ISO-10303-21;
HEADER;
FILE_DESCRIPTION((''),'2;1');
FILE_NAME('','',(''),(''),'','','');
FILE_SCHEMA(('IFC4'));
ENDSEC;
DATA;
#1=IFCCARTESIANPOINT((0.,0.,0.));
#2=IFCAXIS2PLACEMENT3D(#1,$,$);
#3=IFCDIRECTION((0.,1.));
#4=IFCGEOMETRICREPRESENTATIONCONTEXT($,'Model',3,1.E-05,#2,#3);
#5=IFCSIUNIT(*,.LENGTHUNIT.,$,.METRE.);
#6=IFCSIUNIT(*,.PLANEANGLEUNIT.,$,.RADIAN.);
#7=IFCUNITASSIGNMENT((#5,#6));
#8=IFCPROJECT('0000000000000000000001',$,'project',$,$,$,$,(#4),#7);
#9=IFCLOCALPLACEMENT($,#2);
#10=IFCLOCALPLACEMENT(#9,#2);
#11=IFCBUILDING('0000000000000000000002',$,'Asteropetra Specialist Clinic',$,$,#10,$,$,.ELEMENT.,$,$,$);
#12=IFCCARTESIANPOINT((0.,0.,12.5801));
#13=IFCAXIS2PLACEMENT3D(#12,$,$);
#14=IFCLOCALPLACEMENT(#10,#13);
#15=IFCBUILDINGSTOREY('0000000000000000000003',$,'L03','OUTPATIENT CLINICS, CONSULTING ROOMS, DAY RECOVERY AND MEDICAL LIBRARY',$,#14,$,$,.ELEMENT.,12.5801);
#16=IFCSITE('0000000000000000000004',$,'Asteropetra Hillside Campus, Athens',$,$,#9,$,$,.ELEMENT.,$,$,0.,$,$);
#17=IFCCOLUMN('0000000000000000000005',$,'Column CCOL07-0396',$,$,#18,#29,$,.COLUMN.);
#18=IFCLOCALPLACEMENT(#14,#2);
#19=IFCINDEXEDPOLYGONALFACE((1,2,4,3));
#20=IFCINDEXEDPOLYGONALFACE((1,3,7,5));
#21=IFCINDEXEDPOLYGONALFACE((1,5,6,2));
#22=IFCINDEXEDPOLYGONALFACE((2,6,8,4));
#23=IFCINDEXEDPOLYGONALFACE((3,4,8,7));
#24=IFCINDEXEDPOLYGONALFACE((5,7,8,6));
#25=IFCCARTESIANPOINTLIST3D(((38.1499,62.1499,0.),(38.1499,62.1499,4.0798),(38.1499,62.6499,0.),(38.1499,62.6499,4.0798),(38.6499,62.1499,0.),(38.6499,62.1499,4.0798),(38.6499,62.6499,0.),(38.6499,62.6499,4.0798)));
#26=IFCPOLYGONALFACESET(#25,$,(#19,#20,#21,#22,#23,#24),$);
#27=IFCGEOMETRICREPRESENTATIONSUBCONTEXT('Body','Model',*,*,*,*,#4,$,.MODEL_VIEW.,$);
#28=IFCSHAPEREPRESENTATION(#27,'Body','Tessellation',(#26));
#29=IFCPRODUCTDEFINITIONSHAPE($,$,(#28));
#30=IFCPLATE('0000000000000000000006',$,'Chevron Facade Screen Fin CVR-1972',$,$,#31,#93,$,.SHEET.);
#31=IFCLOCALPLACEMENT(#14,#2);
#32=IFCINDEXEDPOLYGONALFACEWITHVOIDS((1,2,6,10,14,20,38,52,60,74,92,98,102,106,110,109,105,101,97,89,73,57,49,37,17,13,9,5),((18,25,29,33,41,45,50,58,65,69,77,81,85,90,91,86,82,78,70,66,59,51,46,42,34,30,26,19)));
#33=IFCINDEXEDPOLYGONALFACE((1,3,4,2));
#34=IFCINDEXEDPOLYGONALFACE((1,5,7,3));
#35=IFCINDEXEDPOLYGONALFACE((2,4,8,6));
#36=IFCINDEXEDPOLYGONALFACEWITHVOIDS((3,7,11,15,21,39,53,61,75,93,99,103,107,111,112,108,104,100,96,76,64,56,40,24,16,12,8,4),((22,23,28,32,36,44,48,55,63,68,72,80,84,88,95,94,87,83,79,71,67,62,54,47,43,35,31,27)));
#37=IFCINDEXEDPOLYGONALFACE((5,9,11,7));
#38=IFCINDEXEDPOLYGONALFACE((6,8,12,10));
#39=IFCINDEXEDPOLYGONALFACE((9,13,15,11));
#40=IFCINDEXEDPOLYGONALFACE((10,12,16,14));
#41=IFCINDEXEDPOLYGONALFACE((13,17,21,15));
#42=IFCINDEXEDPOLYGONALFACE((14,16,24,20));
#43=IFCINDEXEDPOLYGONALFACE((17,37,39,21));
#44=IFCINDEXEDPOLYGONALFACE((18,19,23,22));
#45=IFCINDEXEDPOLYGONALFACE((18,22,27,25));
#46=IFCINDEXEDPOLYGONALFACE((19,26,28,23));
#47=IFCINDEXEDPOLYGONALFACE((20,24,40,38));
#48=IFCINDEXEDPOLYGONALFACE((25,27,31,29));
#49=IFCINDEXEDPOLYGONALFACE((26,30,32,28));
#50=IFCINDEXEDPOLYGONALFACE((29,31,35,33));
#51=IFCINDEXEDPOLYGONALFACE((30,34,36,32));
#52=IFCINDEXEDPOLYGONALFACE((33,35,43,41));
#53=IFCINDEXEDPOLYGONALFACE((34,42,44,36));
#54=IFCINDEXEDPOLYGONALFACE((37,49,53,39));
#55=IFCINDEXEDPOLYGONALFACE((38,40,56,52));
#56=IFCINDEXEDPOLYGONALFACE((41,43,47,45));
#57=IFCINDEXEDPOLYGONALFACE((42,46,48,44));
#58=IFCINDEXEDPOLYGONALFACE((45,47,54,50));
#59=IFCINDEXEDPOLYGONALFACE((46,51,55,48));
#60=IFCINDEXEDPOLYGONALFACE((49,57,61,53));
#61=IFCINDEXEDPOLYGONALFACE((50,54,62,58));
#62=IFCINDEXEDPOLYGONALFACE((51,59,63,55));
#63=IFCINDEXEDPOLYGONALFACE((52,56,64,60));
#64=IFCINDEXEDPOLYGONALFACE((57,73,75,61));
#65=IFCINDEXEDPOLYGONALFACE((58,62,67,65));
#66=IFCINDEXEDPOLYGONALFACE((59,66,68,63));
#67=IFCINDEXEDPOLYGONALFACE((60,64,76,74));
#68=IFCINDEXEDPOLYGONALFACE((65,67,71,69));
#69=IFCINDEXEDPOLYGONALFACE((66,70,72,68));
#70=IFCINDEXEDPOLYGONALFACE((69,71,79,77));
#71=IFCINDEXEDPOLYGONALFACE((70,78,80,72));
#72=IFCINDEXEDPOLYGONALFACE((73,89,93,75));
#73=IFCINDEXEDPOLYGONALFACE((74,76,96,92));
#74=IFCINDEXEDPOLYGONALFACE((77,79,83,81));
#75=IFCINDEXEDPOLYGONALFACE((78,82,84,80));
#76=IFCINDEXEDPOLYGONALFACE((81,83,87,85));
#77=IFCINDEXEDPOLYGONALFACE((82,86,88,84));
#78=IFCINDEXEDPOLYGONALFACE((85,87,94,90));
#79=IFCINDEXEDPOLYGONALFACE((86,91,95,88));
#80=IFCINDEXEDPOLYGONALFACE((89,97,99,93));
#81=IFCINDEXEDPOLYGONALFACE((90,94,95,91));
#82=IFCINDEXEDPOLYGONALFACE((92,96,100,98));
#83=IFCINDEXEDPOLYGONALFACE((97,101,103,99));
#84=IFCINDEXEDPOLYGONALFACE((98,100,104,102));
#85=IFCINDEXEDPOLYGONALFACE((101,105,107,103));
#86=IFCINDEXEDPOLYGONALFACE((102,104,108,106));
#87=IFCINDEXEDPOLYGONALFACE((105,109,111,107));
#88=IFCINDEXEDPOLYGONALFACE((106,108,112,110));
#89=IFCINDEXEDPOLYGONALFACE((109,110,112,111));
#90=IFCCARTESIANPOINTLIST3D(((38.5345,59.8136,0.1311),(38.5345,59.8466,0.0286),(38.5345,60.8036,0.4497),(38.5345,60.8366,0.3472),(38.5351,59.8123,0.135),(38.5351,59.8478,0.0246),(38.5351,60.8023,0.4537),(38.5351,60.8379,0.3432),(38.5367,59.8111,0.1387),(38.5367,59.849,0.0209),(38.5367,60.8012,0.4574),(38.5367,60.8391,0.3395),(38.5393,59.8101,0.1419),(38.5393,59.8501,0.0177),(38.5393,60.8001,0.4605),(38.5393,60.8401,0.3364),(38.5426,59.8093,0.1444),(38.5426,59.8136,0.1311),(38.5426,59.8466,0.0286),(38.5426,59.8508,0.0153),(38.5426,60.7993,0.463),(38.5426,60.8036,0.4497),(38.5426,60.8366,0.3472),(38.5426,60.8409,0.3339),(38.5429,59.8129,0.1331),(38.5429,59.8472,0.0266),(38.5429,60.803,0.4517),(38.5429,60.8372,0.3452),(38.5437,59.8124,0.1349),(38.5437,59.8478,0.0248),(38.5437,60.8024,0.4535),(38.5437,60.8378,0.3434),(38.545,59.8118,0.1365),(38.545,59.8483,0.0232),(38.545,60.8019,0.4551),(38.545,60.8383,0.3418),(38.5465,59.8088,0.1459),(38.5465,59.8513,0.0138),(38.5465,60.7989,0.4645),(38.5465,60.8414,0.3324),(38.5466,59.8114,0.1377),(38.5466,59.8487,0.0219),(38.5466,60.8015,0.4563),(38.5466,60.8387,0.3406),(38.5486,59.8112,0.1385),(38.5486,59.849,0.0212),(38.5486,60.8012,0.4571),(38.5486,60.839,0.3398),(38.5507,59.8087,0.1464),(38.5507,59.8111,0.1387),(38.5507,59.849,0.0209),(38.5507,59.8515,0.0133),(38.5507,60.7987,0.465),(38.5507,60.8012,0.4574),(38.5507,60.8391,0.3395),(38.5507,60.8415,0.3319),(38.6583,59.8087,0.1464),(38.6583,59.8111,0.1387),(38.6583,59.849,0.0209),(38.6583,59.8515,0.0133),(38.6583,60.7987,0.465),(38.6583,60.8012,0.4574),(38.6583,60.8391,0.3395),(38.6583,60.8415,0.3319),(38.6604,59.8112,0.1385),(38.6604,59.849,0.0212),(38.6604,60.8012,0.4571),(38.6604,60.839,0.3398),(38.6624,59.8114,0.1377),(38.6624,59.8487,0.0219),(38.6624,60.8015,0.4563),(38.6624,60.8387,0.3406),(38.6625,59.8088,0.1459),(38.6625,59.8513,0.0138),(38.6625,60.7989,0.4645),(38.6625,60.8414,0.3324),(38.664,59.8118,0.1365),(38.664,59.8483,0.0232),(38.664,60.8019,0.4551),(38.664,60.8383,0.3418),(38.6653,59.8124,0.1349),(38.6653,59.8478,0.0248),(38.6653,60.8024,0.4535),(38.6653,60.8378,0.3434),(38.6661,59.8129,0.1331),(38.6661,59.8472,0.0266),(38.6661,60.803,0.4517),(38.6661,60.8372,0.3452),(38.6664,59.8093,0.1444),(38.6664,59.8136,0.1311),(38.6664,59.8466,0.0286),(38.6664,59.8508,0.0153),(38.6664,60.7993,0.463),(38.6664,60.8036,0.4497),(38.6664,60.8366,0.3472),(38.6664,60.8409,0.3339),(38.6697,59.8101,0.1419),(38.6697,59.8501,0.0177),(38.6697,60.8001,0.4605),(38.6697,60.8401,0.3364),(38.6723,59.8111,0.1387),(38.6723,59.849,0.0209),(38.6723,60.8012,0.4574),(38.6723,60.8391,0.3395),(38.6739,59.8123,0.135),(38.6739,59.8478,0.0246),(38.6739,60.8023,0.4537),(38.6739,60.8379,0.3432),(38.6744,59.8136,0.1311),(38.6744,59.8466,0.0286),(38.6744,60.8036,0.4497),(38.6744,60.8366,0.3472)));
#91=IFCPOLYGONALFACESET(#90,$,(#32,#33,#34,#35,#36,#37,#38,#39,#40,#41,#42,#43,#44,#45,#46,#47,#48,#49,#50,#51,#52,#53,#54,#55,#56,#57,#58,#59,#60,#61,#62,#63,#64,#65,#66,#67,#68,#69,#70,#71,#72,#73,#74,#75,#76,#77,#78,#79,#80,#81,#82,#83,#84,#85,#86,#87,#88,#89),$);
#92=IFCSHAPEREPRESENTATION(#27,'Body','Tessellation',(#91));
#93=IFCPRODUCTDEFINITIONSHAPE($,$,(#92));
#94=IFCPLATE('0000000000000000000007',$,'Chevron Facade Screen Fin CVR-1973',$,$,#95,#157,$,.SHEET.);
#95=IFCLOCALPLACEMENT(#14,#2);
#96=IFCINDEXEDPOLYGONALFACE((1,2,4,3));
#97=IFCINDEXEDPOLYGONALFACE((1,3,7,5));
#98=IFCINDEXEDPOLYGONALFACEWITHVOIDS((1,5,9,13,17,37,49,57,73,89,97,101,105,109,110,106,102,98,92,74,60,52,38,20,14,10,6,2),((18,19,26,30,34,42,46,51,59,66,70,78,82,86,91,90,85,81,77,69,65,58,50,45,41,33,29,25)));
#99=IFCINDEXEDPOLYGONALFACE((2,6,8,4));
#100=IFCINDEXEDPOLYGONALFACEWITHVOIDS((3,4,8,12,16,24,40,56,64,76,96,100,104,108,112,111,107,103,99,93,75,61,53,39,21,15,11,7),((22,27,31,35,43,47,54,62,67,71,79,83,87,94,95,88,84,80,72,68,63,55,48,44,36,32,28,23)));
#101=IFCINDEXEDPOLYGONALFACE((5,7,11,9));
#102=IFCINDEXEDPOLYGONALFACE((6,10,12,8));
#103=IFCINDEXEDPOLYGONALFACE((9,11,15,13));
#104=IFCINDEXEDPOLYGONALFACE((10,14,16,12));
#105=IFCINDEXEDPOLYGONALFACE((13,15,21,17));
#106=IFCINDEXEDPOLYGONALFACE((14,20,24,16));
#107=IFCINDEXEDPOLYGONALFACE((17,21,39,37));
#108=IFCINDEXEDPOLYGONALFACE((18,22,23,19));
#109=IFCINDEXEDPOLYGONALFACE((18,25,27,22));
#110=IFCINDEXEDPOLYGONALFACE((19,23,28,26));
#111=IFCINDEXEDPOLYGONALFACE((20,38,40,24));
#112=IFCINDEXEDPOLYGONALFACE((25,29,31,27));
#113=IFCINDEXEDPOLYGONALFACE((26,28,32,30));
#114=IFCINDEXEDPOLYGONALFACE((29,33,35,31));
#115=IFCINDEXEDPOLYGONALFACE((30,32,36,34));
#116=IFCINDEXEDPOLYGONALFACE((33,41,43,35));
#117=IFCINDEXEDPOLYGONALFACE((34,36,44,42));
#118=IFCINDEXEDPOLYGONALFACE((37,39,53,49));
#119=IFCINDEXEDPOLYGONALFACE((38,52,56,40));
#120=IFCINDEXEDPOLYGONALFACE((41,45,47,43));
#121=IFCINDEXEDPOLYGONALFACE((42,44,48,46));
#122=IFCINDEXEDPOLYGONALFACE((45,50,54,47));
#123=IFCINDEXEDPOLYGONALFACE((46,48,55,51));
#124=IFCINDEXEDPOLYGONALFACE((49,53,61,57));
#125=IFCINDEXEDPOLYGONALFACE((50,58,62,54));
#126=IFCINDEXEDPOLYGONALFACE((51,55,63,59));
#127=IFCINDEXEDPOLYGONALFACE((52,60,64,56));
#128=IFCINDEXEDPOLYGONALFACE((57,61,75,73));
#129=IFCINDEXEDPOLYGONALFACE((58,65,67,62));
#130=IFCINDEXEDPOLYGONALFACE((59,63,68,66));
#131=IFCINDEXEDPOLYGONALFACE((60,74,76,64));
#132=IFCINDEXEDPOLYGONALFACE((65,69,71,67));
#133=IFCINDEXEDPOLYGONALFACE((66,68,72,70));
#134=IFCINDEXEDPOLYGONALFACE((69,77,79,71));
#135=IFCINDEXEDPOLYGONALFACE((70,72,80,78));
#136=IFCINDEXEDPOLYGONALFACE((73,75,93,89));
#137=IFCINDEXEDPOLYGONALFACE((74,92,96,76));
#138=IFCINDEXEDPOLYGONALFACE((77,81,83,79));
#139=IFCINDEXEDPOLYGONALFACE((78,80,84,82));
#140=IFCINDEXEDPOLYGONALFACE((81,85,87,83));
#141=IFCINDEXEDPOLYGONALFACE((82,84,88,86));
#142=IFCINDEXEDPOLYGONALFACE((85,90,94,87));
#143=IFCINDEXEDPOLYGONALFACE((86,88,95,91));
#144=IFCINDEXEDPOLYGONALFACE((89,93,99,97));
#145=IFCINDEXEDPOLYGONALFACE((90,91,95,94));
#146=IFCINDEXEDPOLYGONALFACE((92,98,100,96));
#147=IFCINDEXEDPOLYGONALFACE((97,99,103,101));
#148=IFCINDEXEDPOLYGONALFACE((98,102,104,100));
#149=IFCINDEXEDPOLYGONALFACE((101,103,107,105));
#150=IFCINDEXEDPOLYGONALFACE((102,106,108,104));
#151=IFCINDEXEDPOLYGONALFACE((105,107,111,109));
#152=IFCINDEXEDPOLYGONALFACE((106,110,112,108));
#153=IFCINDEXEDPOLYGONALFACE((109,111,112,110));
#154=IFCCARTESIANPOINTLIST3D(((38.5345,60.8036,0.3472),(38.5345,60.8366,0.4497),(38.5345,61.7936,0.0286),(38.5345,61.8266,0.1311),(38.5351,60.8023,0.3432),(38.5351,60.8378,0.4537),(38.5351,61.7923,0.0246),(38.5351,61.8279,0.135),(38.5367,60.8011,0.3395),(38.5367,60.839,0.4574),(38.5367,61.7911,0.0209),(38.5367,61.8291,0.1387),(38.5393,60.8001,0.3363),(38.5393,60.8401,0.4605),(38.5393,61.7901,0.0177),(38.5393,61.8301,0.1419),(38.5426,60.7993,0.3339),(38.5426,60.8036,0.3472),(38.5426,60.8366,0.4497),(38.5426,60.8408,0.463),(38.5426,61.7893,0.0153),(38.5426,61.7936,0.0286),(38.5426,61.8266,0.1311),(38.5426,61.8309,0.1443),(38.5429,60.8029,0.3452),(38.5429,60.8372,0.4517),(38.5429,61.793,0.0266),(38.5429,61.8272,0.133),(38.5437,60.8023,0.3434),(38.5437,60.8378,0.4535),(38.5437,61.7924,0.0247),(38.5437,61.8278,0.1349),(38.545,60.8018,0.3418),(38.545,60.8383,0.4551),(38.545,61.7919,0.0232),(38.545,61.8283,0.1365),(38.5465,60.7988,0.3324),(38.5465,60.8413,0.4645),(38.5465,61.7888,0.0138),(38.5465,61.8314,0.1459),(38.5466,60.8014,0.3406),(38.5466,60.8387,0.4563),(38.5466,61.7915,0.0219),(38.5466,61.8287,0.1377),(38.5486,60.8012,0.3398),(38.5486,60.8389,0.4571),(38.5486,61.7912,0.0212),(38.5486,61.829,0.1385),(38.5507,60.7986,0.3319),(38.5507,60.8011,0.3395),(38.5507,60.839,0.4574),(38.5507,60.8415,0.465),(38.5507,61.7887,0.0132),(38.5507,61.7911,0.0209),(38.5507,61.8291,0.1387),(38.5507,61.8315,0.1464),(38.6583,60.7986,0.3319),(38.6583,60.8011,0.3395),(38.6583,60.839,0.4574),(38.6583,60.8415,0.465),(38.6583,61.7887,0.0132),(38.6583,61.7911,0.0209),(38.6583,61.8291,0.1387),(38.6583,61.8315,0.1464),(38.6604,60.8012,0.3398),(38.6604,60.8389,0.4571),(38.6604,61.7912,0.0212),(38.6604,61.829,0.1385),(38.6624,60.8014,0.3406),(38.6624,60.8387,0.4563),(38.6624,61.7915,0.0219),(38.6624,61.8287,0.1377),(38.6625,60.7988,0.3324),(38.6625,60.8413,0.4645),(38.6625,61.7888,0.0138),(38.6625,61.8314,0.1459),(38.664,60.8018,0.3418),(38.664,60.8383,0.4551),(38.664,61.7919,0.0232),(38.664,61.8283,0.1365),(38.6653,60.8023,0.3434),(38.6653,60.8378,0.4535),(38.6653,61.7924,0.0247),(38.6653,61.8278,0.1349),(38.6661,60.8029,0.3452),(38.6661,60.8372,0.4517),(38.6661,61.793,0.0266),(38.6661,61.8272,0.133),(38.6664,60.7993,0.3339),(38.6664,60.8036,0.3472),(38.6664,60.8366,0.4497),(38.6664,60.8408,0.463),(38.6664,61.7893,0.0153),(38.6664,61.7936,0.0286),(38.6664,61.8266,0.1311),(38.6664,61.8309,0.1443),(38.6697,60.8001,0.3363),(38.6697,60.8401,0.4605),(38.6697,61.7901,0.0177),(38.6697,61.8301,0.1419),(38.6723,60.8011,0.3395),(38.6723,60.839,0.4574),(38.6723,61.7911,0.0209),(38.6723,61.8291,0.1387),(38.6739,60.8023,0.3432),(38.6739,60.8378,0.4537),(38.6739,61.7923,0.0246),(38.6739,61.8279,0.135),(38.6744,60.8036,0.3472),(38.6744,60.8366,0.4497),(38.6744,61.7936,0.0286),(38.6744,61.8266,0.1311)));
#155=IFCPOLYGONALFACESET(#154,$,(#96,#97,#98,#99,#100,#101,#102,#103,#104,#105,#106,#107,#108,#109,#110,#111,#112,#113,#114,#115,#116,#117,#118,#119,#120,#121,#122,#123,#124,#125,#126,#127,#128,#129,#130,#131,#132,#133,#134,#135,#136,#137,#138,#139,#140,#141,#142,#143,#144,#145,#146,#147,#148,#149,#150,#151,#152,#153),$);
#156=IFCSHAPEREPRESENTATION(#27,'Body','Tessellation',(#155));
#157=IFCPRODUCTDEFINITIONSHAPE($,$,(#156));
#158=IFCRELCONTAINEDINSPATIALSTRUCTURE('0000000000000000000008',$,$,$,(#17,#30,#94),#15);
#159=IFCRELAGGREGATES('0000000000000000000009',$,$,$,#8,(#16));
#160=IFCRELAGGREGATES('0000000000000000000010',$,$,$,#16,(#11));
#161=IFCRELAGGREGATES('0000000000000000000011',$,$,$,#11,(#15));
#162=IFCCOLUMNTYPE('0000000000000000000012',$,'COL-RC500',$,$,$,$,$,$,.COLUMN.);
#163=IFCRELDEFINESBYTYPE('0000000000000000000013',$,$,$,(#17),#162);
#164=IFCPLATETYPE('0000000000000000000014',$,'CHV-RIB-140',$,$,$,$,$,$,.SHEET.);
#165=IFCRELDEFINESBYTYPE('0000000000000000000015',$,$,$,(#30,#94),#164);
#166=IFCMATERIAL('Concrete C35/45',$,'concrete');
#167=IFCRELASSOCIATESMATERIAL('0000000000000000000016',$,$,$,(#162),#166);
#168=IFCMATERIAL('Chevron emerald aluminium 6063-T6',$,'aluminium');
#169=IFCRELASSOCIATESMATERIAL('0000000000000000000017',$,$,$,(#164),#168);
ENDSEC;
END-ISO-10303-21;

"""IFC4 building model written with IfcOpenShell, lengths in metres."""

from ifc_helpers import new_model, si_unit, direction, frame, origin, origin_2d, place, context, subcontext, project, spatial, rectangle, hollow_rectangle, extrude, material, material_profile, profile_set, type_object, element, save


model = new_model("IFC4")

# Units and contexts
model_context = context("Model", 3, precision=1e-05, world=origin(), true_north=direction((0.0, 1.0)))
body_context = subcontext(model_context, "Body", "Model", "MODEL_VIEW")
ifc_project = project(units=[si_unit("LENGTHUNIT", "METRE"), si_unit("PLANEANGLEUNIT", "RADIAN")], contexts=[model_context])

# Site, building, storey
site_placement = place(None, origin())
site = spatial("IfcSite", under=ifc_project, at=site_placement, Name="Asteropetra Hillside Campus, Athens", CompositionType="ELEMENT", RefElevation=0.0)
building_placement = place(site_placement, origin())
building = spatial("IfcBuilding", under=site, at=building_placement, Name="Asteropetra Specialist Clinic", CompositionType="ELEMENT")
storey_placement = place(building_placement, frame((0.0, 0.0, 12.5801)))
storey = spatial("IfcBuildingStorey", under=building, at=storey_placement, Name="L03", Description="OUTPATIENT CLINICS, CONSULTING ROOMS, DAY RECOVERY AND MEDICAL LIBRARY", CompositionType="ELEMENT", Elevation=12.5801)

# Column
ifc_material_1 = material(Name="Concrete C35/45", Category="concrete")
ifc_material_profile_1 = material_profile(ifc_material_1, rectangle(XDim=0.5, YDim=0.5, at=origin_2d()), Name="RC 500x500")
ifc_profile_set_1 = profile_set([ifc_material_profile_1], Name="Concrete C35/45")
column_type = type_object("IfcColumnType", Name="COL-RC500", PredefinedType="COLUMN", material=ifc_profile_set_1)
column_placement = place(storey_placement, frame((38.3999, 62.3999, 0.0), z_axis=(0.0, 0.0, 1.0), x_axis=(1.0, 0.0, 0.0)))
element("IfcColumn", 1, at=column_placement, inside=storey, type_object=column_type, Name="Column CCOL07-0396", PredefinedType="COLUMN", context=body_context, shape_type="SweptSolid", body=[
    extrude(rectangle(XDim=0.5, YDim=0.5, at=origin_2d()), origin(), (0.0, 0.0, 1.0), 4.0798),
])

# Plates
ifc_material_2 = material(Name="Chevron emerald aluminium 6063-T6", Category="aluminium")
ifc_material_profile_2 = material_profile(ifc_material_2, hollow_rectangle(XDim=0.1399, YDim=0.1399, WallThickness=0.0081, InnerFilletRadius=0.0081, OuterFilletRadius=0.0161, at=origin_2d()), Name="SHS 140x140x8.0")
ifc_profile_set_2 = profile_set([ifc_material_profile_2], Name="Chevron emerald aluminium 6063-T6")
plate_type_1 = type_object("IfcPlateType", Name="CHV-RIB-140", PredefinedType="SHEET", material=ifc_profile_set_2)
for number, where, z_axis, x_axis, name in (
    (2, (38.6045, 59.8301, 0.0798), (0.0, 0.951919, 0.306351), (-1.0, 0.0, 0.0), "Chevron Facade Screen Fin CVR-1972"),
    (3, (38.6045, 60.8201, 0.3984), (0.0, 0.951919, -0.306351), (-1.0, 0.0, 0.0), "Chevron Facade Screen Fin CVR-1973"),
):
    element("IfcPlate", number, at=place(storey_placement, frame(where, z_axis=z_axis, x_axis=x_axis)), inside=storey, type_object=plate_type_1, Name=name, PredefinedType="SHEET", context=body_context, shape_type="SweptSolid", body=[
        extrude(hollow_rectangle(XDim=0.1399, YDim=0.1399, WallThickness=0.0081, InnerFilletRadius=0.0081, OuterFilletRadius=0.0161, at=origin_2d()), origin(), (0.0, 0.0, 1.0), 1.04),
    ])

save(model, "model.ifc")
